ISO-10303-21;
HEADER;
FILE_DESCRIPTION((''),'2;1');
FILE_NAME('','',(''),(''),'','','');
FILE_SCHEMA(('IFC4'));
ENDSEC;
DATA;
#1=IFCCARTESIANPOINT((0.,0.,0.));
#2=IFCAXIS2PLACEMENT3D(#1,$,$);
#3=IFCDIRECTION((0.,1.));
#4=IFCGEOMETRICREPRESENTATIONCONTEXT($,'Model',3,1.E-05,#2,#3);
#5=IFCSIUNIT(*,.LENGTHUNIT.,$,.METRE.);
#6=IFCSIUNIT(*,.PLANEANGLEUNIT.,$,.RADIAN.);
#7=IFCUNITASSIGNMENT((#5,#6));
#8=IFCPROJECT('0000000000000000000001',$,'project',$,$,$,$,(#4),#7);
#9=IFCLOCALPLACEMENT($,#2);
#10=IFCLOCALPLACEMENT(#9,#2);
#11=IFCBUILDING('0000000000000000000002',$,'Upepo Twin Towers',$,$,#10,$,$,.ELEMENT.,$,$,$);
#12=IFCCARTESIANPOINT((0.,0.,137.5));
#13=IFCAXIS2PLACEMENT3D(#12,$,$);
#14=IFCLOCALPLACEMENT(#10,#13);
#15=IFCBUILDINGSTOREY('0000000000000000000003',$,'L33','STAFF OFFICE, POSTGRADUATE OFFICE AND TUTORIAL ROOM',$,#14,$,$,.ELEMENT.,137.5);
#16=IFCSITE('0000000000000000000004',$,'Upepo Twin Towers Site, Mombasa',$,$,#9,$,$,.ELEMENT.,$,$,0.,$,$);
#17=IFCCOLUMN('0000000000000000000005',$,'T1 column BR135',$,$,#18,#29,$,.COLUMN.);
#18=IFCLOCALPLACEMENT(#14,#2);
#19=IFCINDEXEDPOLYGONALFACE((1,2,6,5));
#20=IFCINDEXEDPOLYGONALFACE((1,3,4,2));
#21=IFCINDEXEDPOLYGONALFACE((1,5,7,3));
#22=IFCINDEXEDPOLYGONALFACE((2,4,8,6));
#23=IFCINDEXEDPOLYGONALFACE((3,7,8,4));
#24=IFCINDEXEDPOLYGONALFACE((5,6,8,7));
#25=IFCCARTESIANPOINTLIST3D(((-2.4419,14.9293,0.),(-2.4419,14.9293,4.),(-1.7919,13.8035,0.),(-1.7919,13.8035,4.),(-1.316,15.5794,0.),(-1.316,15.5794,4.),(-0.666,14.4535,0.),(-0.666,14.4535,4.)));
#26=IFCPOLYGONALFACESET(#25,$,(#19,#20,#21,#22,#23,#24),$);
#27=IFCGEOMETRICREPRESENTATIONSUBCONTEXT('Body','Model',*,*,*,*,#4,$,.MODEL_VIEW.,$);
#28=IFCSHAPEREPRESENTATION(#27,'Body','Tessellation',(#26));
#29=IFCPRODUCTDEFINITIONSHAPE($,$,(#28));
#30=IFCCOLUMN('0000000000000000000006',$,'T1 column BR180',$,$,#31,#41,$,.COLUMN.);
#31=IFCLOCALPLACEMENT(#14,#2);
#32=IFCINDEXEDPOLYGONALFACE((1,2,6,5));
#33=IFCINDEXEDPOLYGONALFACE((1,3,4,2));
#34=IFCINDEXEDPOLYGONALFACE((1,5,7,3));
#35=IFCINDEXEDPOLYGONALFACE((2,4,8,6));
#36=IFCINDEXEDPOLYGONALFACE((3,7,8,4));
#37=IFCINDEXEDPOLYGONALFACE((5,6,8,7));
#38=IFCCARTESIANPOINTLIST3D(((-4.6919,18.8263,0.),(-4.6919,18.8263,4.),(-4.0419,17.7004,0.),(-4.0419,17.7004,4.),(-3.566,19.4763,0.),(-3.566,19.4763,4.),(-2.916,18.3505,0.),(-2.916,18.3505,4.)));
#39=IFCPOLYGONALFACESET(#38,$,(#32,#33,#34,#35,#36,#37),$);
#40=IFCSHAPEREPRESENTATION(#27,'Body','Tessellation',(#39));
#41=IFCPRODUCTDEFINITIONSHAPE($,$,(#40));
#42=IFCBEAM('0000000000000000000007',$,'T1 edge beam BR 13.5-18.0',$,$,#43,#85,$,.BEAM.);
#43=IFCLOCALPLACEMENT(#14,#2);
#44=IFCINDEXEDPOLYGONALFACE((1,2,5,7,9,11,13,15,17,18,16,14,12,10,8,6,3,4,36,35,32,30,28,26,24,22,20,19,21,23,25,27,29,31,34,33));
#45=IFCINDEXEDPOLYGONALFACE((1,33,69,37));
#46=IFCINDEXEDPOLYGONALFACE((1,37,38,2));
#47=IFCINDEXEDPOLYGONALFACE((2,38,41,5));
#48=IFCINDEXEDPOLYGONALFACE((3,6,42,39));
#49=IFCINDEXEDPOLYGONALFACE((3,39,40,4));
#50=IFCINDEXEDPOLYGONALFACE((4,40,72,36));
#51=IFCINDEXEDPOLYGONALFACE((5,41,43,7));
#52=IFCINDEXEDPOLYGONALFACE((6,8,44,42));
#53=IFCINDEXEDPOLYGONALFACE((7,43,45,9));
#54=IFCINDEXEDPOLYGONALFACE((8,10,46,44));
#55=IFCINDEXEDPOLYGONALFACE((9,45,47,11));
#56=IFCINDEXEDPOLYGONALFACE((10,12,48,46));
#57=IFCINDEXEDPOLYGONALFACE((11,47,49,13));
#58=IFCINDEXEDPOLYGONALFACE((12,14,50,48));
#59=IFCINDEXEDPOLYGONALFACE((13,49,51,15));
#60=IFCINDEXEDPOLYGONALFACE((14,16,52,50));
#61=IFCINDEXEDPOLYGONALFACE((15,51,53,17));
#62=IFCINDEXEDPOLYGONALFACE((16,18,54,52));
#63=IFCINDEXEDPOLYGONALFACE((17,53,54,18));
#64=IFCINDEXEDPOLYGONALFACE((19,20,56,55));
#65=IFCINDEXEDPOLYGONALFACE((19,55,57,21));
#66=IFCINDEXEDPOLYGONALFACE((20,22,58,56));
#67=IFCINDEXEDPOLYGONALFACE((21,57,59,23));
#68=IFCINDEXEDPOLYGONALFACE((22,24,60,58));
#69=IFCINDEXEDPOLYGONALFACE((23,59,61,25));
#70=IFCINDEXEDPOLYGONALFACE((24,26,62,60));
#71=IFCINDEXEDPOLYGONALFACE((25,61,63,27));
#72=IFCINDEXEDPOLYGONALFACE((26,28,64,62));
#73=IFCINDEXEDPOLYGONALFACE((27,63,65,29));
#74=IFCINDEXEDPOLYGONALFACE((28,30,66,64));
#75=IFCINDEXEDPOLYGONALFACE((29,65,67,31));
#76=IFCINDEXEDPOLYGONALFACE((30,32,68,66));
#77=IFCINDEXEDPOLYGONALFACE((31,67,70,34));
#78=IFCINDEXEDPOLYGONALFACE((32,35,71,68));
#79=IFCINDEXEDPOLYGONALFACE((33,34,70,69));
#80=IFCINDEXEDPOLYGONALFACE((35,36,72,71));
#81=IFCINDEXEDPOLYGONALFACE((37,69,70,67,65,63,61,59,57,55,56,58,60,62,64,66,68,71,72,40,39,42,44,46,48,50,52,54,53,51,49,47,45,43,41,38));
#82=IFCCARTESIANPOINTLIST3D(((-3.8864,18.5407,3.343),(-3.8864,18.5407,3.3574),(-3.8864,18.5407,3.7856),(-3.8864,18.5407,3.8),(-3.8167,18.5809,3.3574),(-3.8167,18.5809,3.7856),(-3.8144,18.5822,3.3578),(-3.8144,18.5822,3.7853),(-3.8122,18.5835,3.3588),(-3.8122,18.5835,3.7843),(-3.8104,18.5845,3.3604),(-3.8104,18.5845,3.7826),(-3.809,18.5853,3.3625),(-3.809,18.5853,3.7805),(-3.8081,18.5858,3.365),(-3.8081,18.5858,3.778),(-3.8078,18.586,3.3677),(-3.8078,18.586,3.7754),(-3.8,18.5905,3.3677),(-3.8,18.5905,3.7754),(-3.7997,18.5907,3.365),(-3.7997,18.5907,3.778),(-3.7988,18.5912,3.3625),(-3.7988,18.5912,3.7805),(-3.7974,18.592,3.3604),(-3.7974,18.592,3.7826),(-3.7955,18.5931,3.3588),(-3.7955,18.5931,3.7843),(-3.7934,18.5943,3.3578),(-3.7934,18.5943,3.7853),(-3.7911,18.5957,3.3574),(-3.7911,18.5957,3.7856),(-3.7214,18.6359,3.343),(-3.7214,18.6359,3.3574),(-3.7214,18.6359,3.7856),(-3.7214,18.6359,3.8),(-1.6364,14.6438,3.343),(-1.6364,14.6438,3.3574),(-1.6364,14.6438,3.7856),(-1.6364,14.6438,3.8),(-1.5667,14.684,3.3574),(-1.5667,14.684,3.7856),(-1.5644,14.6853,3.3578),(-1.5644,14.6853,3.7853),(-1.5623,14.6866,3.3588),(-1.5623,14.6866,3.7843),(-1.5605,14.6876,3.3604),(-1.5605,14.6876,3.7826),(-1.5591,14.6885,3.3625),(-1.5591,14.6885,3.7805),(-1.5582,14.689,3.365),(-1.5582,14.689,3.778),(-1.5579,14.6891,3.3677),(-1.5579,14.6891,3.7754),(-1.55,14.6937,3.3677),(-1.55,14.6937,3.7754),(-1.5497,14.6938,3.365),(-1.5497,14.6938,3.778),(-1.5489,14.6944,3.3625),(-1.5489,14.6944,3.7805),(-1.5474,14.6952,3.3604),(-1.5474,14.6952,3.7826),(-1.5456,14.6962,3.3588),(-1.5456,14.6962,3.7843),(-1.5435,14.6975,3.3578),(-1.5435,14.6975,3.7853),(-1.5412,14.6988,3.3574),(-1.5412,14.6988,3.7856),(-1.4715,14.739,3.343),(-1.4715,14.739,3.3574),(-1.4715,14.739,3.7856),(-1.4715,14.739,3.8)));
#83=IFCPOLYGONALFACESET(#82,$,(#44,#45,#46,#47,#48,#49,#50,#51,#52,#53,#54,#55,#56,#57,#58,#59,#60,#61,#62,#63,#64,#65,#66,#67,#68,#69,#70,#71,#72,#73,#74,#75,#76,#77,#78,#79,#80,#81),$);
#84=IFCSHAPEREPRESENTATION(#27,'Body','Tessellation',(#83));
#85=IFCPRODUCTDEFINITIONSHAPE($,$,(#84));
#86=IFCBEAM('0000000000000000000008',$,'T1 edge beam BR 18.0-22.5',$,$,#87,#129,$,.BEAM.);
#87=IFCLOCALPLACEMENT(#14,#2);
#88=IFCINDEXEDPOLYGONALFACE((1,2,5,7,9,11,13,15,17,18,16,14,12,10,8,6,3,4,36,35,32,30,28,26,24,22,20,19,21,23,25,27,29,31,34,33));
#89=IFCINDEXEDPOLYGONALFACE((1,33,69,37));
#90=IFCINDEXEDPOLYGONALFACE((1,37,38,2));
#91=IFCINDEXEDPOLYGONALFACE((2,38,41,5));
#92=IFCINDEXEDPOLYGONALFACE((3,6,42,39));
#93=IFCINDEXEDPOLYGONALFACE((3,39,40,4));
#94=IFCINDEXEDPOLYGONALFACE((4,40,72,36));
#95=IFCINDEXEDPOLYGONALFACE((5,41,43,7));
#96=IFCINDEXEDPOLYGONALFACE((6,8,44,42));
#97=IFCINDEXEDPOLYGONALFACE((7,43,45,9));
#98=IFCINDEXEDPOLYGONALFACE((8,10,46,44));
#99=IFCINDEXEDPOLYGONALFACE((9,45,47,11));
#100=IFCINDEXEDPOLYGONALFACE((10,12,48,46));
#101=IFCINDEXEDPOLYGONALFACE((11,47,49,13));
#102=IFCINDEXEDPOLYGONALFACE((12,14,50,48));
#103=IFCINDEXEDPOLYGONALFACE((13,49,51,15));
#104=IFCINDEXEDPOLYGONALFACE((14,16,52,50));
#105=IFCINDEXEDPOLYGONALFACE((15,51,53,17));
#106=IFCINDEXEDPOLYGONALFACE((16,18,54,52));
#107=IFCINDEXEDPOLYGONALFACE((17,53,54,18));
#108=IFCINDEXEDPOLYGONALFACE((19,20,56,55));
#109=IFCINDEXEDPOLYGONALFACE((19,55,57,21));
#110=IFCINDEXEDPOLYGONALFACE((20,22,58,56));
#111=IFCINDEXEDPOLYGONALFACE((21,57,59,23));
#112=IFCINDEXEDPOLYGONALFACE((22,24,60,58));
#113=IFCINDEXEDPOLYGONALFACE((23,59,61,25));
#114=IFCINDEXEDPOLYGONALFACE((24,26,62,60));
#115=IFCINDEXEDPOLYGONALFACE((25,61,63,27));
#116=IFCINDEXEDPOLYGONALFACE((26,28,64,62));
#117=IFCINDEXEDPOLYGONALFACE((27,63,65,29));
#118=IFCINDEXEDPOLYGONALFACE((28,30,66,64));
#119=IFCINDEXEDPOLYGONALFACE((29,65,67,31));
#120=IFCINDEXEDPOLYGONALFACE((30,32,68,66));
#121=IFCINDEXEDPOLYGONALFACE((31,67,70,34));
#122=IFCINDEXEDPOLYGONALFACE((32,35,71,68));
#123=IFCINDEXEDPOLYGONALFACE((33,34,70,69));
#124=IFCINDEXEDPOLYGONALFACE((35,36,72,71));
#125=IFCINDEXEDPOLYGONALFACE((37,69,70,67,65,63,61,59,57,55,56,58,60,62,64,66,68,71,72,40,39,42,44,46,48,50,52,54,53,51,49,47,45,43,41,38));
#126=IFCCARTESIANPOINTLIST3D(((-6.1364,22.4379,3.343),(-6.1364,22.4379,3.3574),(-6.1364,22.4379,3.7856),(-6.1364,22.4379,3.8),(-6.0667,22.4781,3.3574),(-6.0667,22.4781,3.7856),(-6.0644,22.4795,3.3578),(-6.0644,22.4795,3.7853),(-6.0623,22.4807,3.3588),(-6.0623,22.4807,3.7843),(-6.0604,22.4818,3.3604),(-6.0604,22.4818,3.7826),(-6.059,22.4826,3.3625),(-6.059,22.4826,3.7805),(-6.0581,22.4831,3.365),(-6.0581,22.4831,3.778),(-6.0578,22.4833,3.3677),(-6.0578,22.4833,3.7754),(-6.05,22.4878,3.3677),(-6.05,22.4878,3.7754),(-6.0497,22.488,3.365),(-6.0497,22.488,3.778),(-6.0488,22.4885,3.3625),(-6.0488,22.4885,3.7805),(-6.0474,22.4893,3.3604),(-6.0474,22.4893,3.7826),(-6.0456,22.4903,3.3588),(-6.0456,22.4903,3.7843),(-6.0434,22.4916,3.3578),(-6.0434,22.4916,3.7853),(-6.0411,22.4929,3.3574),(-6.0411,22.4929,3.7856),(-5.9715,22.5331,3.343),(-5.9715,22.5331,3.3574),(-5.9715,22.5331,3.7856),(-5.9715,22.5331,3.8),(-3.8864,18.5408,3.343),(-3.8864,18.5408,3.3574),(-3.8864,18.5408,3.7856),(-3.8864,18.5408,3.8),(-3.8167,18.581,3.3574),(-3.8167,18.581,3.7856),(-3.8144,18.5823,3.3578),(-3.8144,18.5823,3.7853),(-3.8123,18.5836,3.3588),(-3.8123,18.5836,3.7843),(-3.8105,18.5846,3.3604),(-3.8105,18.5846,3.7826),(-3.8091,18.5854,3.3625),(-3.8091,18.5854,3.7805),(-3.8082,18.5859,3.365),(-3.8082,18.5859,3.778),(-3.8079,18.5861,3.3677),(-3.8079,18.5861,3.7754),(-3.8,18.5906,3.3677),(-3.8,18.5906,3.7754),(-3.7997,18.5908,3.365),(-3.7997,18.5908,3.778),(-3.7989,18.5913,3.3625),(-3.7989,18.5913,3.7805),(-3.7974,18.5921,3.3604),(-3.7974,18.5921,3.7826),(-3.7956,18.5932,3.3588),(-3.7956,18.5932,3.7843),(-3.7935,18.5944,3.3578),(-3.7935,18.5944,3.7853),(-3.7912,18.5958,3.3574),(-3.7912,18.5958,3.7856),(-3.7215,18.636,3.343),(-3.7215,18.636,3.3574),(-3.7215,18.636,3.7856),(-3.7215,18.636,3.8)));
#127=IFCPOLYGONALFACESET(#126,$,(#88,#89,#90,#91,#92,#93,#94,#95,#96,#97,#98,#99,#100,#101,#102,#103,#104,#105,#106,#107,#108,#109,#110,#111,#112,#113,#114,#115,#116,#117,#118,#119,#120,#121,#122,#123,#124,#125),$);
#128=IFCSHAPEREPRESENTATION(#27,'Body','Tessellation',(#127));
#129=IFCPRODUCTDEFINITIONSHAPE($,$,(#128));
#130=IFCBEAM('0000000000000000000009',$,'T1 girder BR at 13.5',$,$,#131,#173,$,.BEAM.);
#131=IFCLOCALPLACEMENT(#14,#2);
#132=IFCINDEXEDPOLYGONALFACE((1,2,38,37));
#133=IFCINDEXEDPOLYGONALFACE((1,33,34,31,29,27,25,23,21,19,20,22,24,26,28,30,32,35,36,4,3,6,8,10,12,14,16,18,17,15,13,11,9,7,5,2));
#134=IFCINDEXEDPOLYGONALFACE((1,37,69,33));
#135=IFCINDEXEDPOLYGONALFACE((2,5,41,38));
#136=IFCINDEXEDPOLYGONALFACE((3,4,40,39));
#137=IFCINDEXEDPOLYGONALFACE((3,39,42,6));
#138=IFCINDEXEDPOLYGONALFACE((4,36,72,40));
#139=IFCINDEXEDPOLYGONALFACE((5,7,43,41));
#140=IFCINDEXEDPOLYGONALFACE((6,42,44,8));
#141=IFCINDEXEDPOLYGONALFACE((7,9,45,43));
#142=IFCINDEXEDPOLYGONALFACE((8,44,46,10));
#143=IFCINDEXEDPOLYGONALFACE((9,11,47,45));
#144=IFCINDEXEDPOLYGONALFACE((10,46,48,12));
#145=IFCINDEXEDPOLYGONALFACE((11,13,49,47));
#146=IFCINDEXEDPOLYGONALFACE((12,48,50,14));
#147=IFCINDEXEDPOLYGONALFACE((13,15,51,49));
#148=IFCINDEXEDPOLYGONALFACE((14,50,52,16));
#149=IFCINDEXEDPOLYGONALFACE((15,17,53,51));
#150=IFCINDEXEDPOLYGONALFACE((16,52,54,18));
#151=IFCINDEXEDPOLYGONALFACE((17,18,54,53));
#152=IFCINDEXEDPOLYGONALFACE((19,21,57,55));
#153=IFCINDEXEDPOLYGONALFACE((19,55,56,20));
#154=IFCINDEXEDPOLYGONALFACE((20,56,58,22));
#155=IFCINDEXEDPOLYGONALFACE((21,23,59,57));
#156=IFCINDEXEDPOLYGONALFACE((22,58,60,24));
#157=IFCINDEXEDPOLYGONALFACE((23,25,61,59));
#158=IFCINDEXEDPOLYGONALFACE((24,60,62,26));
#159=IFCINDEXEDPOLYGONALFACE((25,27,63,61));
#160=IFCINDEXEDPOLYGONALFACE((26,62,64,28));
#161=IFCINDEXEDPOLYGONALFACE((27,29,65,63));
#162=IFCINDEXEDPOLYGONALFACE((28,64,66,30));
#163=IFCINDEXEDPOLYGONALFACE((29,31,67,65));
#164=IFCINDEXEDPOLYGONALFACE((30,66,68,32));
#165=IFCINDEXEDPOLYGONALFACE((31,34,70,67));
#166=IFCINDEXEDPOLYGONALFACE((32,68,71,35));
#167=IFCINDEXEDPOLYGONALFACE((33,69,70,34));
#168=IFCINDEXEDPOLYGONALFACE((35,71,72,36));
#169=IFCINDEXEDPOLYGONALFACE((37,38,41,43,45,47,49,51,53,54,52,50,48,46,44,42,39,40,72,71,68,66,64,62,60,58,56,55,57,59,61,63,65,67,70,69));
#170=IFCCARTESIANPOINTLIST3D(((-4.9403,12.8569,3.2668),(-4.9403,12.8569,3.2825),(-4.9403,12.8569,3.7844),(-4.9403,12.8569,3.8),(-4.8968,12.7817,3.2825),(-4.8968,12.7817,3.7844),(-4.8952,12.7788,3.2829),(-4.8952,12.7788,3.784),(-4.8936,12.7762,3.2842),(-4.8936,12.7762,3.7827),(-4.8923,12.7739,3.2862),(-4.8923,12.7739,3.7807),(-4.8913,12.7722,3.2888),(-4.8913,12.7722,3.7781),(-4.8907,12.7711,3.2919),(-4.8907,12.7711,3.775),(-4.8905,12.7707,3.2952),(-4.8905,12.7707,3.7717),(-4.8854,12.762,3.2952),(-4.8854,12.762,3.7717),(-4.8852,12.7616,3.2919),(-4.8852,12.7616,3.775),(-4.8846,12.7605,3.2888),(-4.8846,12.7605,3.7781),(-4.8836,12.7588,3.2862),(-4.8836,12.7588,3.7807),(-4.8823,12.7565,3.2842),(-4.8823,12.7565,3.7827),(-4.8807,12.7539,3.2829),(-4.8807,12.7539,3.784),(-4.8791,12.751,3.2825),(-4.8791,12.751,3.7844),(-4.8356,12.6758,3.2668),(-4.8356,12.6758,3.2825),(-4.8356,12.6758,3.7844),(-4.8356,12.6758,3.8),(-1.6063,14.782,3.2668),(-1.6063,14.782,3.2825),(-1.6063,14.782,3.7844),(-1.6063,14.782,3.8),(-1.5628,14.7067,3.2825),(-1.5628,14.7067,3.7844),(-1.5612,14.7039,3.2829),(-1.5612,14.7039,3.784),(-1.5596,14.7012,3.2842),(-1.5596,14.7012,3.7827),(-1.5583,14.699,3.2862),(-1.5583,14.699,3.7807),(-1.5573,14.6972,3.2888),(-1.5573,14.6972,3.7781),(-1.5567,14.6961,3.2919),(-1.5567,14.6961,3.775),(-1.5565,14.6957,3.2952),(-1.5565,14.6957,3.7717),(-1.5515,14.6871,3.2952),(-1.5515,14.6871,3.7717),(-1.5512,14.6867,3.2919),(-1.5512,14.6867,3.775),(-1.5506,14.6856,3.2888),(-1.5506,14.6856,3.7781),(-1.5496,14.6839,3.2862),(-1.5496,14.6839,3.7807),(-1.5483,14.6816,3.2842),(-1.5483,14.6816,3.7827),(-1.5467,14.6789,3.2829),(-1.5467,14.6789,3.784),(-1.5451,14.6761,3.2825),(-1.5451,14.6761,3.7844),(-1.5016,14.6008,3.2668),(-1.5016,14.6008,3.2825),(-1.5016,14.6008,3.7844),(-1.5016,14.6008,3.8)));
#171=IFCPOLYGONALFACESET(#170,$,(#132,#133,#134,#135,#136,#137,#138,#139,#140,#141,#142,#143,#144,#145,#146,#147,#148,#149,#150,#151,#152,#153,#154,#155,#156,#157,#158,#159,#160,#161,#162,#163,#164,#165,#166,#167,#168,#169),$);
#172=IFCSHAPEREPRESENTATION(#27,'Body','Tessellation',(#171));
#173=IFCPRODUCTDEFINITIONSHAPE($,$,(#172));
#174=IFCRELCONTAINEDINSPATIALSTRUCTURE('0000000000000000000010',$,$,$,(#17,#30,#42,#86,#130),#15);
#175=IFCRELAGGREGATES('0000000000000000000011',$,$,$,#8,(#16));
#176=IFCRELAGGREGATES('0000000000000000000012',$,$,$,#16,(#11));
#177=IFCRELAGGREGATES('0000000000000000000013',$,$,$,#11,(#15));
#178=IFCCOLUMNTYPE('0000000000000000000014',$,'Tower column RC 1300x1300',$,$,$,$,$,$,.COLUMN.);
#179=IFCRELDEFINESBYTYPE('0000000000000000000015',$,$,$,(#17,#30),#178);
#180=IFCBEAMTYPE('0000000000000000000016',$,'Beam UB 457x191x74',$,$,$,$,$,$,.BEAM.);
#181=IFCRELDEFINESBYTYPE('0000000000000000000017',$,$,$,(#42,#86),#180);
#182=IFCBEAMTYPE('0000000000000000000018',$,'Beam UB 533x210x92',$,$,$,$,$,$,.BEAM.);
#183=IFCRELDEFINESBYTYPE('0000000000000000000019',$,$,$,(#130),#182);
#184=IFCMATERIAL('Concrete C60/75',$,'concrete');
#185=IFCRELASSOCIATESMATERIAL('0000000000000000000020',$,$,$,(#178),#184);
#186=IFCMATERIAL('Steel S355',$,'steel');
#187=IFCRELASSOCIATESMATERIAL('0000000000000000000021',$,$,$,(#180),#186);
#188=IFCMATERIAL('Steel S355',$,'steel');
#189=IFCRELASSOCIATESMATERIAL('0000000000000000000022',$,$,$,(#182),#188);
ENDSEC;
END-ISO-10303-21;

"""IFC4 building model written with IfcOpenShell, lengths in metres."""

from ifc_helpers import new_model, si_unit, direction, frame, origin, origin_2d, place, context, subcontext, project, spatial, rectangle, i_section, extrude, material, material_profile, profile_set, type_object, element, save


model = new_model("IFC4")

# Units and contexts
model_context = context("Model", 3, precision=1e-05, world=origin(), true_north=direction((0.0, 1.0)))
body_context = subcontext(model_context, "Body", "Model", "MODEL_VIEW")
ifc_project = project(units=[si_unit("LENGTHUNIT", "METRE"), si_unit("PLANEANGLEUNIT", "RADIAN")], contexts=[model_context])

# Site, building, storey
site_placement = place(None, origin())
site = spatial("IfcSite", under=ifc_project, at=site_placement, Name="Upepo Twin Towers Site, Mombasa", CompositionType="ELEMENT", RefElevation=0.0)
building_placement = place(site_placement, origin())
building = spatial("IfcBuilding", under=site, at=building_placement, Name="Upepo Twin Towers", CompositionType="ELEMENT")
storey_placement = place(building_placement, frame((0.0, 0.0, 137.5)))
storey = spatial("IfcBuildingStorey", under=building, at=storey_placement, Name="L33", Description="STAFF OFFICE, POSTGRADUATE OFFICE AND TUTORIAL ROOM", CompositionType="ELEMENT", Elevation=137.5)

# Columns
ifc_material_1 = material(Name="Concrete C60/75", Category="concrete")
ifc_material_profile_1 = material_profile(ifc_material_1, rectangle(XDim=1.3, YDim=1.3, at=origin_2d()), Name="RC 1300x1300")
ifc_profile_set_1 = profile_set([ifc_material_profile_1], Name="Concrete C60/75")
column_type = type_object("IfcColumnType", Name="Tower column RC 1300x1300", PredefinedType="COLUMN", material=ifc_profile_set_1)
for number, where, z_axis, x_axis, name in (
    (1, (-1.554, 14.6914, 0.0), (0.0, 0.0, 1.0), (0.866025, 0.5, 0.0), "T1 column BR135"),
    (2, (-3.804, 18.5884, 0.0), (0.0, 0.0, 1.0), (0.866025, 0.5, 0.0), "T1 column BR180"),
):
    element("IfcColumn", number, at=place(storey_placement, frame(where, z_axis=z_axis, x_axis=x_axis)), inside=storey, type_object=column_type, Name=name, PredefinedType="COLUMN", context=body_context, shape_type="SweptSolid", body=[
        extrude(rectangle(XDim=1.3, YDim=1.3, at=origin_2d()), origin(), (0.0, 0.0, 1.0), 4.0),
    ])

# Beams
ifc_material_2 = material(Name="Steel S355", Category="steel")
ifc_material_profile_2 = material_profile(ifc_material_2, i_section(OverallWidth=0.1904, OverallDepth=0.457, WebThickness=0.009, FlangeThickness=0.0144, FilletRadius=0.0103, at=origin_2d()), Name="UB 457x191x74")
ifc_profile_set_2 = profile_set([ifc_material_profile_2], Name="Steel S355")
beam_type_1 = type_object("IfcBeamType", Name="Beam UB 457x191x74", PredefinedType="BEAM", material=ifc_profile_set_2)
beam_1_placement = place(storey_placement, frame((-1.554, 14.6914, 3.5715), z_axis=(-0.500014, 0.866018, 0.0), x_axis=(-0.866018, -0.500014, 0.0)))
element("IfcBeam", 3, at=beam_1_placement, inside=storey, type_object=beam_type_1, Name="T1 edge beam BR 13.5-18.0", PredefinedType="BEAM", context=body_context, shape_type="SweptSolid", body=[
    extrude(i_section(OverallWidth=0.1904, OverallDepth=0.457, WebThickness=0.009, FlangeThickness=0.0144, FilletRadius=0.0103, at=origin_2d()), origin(), (0.0, 0.0, 1.0), 4.4998),
])
beam_2_placement = place(storey_placement, frame((-3.804, 18.5884, 3.5715), z_axis=(-0.49999, 0.866031, 0.0), x_axis=(-0.866031, -0.49999, 0.0)))
element("IfcBeam", 4, at=beam_2_placement, inside=storey, type_object=beam_type_1, Name="T1 edge beam BR 18.0-22.5", PredefinedType="BEAM", context=body_context, shape_type="SweptSolid", body=[
    extrude(i_section(OverallWidth=0.1904, OverallDepth=0.457, WebThickness=0.009, FlangeThickness=0.0144, FilletRadius=0.0103, at=origin_2d()), origin(), (0.0, 0.0, 1.0), 4.5),
])
ifc_material_3 = material(Name="Steel S355", Category="steel")
ifc_material_profile_3 = material_profile(ifc_material_3, i_section(OverallWidth=0.2092, OverallDepth=0.5332, WebThickness=0.01, FlangeThickness=0.0156, FilletRadius=0.0127, at=origin_2d()), Name="UB 533x210x92")
ifc_profile_set_3 = profile_set([ifc_material_profile_3], Name="Steel S355")
beam_type_2 = type_object("IfcBeamType", Name="Beam UB 533x210x92", PredefinedType="BEAM", material=ifc_profile_set_3)
beam_3_placement = place(storey_placement, frame((-1.554, 14.6914, 3.5334), z_axis=(-0.866006, -0.500034, 0.0), x_axis=(0.500034, -0.866006, 0.0)))
element("IfcBeam", 5, at=beam_3_placement, inside=storey, type_object=beam_type_2, Name="T1 girder BR at 13.5", PredefinedType="BEAM", context=body_context, shape_type="SweptSolid", body=[
    extrude(i_section(OverallWidth=0.2092, OverallDepth=0.5332, WebThickness=0.01, FlangeThickness=0.0156, FilletRadius=0.0127, at=origin_2d()), origin(), (0.0, 0.0, 1.0), 3.8499),
])

save(model, "model.ifc")
